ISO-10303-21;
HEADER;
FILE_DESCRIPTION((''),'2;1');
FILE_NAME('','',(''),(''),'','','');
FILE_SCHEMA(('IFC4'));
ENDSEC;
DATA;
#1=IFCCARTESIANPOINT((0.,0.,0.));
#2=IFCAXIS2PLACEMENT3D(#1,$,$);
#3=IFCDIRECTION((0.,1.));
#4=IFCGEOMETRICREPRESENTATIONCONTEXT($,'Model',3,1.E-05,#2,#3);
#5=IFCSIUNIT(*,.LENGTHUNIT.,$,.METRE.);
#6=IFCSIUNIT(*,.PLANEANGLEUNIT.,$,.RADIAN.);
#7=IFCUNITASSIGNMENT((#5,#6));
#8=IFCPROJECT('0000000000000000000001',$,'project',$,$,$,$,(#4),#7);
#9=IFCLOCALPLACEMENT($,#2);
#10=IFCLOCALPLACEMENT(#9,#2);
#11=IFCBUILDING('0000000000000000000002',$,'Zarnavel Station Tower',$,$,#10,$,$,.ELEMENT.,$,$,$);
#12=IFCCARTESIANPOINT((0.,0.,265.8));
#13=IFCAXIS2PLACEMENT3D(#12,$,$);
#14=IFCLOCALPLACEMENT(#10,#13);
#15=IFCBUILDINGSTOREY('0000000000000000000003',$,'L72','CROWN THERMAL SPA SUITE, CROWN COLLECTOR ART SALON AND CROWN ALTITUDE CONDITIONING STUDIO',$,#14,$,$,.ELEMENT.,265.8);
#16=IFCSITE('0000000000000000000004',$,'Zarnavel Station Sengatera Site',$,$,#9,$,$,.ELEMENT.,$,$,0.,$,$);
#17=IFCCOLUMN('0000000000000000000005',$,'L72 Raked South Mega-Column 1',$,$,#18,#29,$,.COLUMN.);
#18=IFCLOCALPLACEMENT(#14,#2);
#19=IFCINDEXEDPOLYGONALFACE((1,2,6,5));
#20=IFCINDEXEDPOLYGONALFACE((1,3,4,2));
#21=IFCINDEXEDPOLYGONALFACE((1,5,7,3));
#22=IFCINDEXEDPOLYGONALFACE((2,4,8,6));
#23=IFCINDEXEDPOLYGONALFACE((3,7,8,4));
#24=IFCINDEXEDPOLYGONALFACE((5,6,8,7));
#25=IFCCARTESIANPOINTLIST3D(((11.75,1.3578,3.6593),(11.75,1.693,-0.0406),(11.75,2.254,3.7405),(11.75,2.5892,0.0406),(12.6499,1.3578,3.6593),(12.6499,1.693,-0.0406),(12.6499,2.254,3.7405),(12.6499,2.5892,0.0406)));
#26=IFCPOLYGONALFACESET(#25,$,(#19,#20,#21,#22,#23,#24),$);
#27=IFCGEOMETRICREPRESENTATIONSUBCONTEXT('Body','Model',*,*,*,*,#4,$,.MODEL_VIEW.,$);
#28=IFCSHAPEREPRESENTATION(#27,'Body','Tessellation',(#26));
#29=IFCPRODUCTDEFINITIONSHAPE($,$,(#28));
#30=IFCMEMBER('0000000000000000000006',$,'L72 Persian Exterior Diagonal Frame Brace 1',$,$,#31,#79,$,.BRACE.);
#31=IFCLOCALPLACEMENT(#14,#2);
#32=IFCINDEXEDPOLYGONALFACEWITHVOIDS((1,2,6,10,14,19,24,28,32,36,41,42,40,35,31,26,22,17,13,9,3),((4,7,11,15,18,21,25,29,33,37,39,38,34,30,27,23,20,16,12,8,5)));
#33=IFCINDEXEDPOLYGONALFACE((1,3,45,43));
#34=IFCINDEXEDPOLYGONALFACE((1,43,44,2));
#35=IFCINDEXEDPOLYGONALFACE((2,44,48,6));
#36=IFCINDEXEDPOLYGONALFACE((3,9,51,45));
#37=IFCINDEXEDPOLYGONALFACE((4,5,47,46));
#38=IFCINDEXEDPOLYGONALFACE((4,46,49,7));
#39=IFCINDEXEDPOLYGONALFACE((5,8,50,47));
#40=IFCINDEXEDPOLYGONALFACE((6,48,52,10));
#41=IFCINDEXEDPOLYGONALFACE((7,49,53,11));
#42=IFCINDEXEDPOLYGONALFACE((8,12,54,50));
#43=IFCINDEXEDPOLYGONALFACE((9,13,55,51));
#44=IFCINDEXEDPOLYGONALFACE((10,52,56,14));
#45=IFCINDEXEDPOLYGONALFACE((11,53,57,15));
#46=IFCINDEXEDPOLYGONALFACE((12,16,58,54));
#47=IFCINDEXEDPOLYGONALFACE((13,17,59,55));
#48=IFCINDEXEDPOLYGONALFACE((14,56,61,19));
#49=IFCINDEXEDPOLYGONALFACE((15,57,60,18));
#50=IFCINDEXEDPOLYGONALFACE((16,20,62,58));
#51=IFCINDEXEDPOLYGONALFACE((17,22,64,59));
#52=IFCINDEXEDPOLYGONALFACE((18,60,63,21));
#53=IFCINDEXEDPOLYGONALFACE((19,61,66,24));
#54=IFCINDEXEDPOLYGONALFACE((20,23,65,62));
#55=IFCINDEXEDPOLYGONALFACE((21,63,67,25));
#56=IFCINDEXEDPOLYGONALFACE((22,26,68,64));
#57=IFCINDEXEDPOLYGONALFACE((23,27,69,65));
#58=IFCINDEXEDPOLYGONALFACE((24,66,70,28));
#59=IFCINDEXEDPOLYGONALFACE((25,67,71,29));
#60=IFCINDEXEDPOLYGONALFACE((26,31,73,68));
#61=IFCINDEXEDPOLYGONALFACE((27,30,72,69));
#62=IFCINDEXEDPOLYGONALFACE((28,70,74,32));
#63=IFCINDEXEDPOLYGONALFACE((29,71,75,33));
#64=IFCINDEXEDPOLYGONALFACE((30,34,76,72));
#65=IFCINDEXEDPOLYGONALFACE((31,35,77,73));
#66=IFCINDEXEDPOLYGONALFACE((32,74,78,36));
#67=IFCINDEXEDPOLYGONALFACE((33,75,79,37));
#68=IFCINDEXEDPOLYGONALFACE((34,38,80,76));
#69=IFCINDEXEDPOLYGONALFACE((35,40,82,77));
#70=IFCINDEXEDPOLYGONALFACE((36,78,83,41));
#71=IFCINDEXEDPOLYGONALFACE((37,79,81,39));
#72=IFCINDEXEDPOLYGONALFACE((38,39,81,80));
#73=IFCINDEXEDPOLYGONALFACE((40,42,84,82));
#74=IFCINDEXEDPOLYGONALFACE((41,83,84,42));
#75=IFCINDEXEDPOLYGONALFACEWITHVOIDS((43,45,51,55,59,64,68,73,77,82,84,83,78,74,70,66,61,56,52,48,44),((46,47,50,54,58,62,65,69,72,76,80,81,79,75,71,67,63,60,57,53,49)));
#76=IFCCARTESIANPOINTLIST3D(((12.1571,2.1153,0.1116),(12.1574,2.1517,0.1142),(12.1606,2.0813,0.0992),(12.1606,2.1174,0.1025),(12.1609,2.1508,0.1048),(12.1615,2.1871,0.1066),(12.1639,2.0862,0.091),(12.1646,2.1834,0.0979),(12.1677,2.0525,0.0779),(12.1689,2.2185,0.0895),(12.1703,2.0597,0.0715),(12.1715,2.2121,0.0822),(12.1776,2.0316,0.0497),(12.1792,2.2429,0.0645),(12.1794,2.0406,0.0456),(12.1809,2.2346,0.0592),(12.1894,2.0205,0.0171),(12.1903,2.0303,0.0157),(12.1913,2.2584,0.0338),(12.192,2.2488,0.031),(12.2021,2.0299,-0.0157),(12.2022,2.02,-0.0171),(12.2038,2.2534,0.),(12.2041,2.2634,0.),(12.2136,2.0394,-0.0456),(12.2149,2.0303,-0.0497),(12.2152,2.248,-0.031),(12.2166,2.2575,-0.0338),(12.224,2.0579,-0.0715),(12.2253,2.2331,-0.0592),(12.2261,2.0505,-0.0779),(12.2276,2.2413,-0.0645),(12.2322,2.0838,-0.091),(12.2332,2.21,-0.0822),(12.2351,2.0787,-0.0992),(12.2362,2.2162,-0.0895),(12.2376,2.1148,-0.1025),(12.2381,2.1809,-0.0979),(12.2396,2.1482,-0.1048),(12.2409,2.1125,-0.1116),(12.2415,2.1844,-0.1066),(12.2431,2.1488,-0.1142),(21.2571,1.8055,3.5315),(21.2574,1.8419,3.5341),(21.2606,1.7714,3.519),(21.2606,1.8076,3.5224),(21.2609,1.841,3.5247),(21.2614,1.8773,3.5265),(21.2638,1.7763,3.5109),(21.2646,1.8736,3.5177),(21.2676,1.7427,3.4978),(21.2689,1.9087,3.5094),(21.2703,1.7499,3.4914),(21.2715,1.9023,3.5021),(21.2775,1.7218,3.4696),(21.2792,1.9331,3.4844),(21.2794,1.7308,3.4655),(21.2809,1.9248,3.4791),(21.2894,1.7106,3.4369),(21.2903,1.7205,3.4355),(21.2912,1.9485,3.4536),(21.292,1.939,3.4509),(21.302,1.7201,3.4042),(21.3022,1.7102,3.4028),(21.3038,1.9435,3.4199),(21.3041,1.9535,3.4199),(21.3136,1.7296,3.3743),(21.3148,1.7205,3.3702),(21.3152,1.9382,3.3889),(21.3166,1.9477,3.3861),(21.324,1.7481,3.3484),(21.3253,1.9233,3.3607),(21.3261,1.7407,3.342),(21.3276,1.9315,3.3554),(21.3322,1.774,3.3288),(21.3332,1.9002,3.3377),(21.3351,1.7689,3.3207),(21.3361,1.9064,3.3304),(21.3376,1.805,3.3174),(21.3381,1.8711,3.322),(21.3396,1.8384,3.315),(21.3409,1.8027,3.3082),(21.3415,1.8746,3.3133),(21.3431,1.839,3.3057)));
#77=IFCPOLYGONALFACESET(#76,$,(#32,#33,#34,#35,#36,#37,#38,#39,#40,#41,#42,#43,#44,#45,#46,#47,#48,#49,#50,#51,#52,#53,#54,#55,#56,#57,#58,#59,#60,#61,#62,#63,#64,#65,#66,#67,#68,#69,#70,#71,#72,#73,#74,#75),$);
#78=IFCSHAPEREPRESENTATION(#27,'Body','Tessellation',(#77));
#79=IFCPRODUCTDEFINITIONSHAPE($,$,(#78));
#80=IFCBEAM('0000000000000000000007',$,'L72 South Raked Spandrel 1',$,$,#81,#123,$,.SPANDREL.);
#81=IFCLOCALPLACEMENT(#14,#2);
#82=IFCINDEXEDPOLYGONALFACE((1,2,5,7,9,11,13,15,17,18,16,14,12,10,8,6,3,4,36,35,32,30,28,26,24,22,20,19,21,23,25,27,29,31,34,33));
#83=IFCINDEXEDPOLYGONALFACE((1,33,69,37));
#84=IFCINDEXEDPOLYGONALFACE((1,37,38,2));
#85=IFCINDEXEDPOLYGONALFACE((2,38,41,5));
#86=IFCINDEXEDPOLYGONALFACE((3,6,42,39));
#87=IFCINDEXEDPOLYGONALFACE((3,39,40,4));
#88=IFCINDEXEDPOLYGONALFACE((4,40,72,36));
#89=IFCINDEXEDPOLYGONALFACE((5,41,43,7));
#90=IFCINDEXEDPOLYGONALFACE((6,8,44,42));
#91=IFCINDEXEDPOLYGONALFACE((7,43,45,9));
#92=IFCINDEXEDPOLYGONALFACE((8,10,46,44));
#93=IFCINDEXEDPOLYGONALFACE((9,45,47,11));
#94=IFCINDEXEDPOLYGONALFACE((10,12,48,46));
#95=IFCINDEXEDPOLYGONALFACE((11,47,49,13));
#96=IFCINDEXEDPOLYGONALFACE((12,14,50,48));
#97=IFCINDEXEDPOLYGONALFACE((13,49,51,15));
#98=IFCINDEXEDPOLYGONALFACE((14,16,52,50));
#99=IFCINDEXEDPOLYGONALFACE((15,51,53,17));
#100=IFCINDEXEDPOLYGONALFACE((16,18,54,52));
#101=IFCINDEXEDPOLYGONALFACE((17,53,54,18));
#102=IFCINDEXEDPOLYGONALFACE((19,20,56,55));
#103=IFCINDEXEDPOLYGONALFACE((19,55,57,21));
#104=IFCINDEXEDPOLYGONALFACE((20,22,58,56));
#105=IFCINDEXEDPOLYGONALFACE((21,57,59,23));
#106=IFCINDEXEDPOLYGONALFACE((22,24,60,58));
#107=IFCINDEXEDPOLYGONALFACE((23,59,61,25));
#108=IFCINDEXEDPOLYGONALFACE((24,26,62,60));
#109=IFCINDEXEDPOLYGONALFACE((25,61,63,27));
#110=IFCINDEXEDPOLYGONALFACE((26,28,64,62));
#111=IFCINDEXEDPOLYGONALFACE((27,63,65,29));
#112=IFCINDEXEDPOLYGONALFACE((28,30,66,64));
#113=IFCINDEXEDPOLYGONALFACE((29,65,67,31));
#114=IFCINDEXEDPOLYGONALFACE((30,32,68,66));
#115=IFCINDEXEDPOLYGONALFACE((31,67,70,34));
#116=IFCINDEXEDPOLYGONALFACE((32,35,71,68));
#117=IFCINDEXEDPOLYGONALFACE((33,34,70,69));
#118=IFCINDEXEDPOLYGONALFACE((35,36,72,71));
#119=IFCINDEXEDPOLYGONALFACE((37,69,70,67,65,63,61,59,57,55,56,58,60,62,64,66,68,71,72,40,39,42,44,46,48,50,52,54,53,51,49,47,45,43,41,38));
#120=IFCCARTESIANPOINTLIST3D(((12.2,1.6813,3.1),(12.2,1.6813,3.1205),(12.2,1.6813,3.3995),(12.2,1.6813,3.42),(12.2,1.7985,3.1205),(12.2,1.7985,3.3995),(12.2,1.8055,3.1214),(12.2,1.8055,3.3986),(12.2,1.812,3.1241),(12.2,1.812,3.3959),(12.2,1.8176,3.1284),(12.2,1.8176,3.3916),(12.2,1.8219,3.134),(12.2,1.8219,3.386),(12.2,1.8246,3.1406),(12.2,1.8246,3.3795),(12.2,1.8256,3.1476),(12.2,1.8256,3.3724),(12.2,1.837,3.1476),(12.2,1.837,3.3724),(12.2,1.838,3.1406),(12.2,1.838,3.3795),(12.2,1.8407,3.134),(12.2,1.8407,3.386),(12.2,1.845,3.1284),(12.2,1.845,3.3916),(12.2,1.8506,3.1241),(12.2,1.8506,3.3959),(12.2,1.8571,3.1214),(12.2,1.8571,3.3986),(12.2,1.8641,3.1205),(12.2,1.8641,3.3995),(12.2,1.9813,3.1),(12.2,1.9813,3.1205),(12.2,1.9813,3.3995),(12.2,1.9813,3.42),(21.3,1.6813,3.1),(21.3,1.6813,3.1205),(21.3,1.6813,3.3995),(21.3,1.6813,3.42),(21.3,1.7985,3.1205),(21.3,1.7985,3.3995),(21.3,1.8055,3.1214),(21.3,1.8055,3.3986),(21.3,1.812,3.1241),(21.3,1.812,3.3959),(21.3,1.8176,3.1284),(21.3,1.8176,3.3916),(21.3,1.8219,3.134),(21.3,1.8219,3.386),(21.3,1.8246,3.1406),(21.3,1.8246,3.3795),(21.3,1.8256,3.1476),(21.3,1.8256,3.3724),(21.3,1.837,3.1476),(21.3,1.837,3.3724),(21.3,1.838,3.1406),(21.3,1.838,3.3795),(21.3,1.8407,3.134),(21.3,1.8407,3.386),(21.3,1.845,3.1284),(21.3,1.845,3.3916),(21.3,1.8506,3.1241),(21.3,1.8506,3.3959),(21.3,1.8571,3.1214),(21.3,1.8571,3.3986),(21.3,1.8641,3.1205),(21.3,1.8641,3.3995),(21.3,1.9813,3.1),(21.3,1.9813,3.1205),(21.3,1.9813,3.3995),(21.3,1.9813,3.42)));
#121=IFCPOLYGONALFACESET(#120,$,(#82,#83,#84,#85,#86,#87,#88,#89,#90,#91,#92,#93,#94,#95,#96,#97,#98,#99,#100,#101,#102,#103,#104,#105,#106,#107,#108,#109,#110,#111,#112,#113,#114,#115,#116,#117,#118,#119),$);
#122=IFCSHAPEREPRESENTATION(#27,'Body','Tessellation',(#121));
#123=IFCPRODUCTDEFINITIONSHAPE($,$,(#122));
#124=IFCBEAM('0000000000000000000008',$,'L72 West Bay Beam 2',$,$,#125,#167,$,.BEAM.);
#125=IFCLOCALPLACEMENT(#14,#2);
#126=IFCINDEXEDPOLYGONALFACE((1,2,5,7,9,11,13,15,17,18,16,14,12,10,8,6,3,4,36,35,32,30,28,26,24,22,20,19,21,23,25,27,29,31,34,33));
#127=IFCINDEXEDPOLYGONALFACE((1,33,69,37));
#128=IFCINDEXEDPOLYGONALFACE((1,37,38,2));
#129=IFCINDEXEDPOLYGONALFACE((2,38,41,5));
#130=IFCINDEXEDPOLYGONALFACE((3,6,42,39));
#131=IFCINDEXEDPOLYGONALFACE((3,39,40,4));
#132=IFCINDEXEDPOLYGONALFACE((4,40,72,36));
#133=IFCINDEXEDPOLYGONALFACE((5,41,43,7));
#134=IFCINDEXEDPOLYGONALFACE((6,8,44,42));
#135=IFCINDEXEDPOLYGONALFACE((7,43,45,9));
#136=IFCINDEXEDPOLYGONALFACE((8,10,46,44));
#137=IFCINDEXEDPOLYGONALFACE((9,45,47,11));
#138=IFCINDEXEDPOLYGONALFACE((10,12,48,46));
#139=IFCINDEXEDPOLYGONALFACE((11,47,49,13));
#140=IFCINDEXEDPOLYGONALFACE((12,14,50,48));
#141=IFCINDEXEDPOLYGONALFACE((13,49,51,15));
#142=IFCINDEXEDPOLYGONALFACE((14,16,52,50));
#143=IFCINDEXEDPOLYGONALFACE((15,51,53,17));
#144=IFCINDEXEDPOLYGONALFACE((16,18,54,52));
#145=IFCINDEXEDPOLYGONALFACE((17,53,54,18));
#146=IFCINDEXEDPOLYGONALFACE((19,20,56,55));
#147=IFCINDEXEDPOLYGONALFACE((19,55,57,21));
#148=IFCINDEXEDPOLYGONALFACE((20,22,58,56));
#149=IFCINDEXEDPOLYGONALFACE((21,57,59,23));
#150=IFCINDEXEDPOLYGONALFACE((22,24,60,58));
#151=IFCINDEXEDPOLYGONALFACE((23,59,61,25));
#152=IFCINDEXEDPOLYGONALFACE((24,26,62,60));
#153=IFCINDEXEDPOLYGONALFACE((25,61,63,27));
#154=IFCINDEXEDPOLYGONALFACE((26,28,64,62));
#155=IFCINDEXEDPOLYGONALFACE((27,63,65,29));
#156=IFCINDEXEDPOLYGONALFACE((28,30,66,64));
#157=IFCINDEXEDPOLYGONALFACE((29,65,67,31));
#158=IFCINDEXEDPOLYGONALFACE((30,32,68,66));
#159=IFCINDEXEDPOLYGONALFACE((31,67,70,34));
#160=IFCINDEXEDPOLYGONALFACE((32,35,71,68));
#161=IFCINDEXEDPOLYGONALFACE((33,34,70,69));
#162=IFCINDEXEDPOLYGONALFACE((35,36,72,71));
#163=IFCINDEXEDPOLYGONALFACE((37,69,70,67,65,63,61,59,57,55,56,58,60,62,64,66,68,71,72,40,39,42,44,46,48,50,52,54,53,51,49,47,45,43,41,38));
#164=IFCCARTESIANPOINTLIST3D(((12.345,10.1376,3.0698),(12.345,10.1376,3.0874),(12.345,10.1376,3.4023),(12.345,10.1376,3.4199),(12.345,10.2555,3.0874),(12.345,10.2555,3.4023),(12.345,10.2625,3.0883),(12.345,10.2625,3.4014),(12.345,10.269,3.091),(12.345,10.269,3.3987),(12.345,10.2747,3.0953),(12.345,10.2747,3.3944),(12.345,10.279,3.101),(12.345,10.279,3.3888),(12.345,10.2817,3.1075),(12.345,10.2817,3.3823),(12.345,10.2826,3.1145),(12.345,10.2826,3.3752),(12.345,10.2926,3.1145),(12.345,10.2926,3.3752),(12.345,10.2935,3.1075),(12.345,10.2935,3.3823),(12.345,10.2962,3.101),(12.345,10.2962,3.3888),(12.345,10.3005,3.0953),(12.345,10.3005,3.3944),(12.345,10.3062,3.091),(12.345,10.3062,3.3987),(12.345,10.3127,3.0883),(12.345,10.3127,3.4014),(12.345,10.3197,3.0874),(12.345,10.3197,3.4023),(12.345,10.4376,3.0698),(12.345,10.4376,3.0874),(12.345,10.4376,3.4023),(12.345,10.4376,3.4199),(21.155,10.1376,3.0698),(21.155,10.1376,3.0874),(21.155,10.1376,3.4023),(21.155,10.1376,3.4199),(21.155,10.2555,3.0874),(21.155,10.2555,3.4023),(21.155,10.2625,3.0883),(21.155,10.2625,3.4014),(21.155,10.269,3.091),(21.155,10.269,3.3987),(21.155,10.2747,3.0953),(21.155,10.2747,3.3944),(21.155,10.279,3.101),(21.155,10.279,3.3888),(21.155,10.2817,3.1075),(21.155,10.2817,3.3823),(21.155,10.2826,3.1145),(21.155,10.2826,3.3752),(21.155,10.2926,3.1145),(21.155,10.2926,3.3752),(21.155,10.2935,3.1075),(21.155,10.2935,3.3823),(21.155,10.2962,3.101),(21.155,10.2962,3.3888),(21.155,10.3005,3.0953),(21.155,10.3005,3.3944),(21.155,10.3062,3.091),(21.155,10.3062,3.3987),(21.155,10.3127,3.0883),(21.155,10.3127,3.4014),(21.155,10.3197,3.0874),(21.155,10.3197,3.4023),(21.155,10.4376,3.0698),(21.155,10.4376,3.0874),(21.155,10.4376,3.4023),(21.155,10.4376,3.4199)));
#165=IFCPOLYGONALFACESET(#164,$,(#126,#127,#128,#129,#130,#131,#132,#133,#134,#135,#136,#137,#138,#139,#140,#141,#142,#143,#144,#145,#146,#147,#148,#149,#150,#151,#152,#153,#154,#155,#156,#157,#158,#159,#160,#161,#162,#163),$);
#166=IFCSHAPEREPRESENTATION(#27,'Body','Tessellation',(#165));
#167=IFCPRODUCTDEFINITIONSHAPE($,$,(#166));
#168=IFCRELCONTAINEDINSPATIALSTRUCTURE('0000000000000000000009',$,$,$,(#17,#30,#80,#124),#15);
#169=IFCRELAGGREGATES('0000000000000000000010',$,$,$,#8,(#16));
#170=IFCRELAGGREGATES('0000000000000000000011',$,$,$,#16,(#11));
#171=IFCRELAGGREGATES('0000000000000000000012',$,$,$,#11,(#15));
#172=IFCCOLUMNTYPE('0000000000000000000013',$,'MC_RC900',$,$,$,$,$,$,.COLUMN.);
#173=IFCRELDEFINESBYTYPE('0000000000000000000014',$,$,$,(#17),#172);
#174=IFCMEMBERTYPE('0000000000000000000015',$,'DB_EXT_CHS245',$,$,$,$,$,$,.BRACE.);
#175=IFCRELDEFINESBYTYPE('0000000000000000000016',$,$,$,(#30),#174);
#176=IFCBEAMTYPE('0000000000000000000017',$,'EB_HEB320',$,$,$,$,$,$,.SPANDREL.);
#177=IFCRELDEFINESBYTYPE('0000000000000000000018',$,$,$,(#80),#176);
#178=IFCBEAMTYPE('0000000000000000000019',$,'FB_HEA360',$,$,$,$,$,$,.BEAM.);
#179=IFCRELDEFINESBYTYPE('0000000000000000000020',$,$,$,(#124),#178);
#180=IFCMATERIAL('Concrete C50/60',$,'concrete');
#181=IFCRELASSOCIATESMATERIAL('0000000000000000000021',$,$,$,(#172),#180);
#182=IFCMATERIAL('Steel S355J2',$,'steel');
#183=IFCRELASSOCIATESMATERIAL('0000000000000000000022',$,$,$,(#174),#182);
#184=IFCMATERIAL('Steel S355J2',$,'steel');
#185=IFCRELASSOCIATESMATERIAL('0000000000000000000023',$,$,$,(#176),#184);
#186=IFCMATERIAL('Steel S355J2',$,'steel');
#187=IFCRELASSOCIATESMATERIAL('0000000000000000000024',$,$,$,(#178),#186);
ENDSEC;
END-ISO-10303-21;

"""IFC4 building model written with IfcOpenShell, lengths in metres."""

from ifc_helpers import new_model, si_unit, direction, frame, origin, origin_2d, place, context, subcontext, project, spatial, rectangle, hollow_circle, i_section, extrude, material, material_profile, profile_set, type_object, element, save


model = new_model("IFC4")

# Units and contexts
model_context = context("Model", 3, precision=1e-05, world=origin(), true_north=direction((0.0, 1.0)))
body_context = subcontext(model_context, "Body", "Model", "MODEL_VIEW")
ifc_project = project(units=[si_unit("LENGTHUNIT", "METRE"), si_unit("PLANEANGLEUNIT", "RADIAN")], contexts=[model_context])

# Site, building, storey
site_placement = place(None, origin())
site = spatial("IfcSite", under=ifc_project, at=site_placement, Name="Zarnavel Station Sengatera Site", CompositionType="ELEMENT", RefElevation=0.0)
building_placement = place(site_placement, origin())
building = spatial("IfcBuilding", under=site, at=building_placement, Name="Zarnavel Station Tower", CompositionType="ELEMENT")
storey_placement = place(building_placement, frame((0.0, 0.0, 265.8)))
storey = spatial("IfcBuildingStorey", under=building, at=storey_placement, Name="L72", Description="CROWN THERMAL SPA SUITE, CROWN COLLECTOR ART SALON AND CROWN ALTITUDE CONDITIONING STUDIO", CompositionType="ELEMENT", Elevation=265.8)

# Column
ifc_material_1 = material(Name="Concrete C50/60", Category="concrete")
ifc_material_profile_1 = material_profile(ifc_material_1, rectangle(XDim=0.8999, YDim=0.8999, at=origin_2d()), Name="RC900x900")
ifc_profile_set_1 = profile_set([ifc_material_profile_1], Name="Concrete C50/60")
column_type = type_object("IfcColumnType", Name="MC_RC900", PredefinedType="COLUMN", material=ifc_profile_set_1)
column_placement = place(storey_placement, frame((12.2, 2.1411, 0.0), z_axis=(0.0, -0.090228, 0.995921), x_axis=(1.0, 0.0, 0.0)))
element("IfcColumn", 1, at=column_placement, inside=storey, type_object=column_type, Name="L72 Raked South Mega-Column 1", PredefinedType="COLUMN", context=body_context, shape_type="SweptSolid", body=[
    extrude(rectangle(XDim=0.8999, YDim=0.8999, at=origin_2d()), origin(), (0.0, 0.0, 1.0), 3.7151),
])

# Member
ifc_material_2 = material(Name="Steel S355J2", Category="steel")
ifc_material_profile_2 = material_profile(ifc_material_2, hollow_circle(Radius=0.1223, WallThickness=0.01, at=origin_2d()), Name="CHS244.5x10")
ifc_profile_set_2 = profile_set([ifc_material_profile_2], Name="Steel S355J2")
member_type = type_object("IfcMemberType", Name="DB_EXT_CHS245", PredefinedType="BRACE", material=ifc_profile_set_2)
member_placement = place(storey_placement, frame((12.2, 2.1411, 0.0), z_axis=(0.935604, -0.031853, 0.351611), x_axis=(0.034025, 0.999421, 0.0)))
element("IfcMember", 2, at=member_placement, inside=storey, type_object=member_type, Name="L72 Persian Exterior Diagonal Frame Brace 1", PredefinedType="BRACE", context=body_context, shape_type="SweptSolid", body=[
    extrude(hollow_circle(Radius=0.1223, WallThickness=0.01, at=origin_2d()), origin(), (0.0, 0.0, 1.0), 9.7263),
])

# Beams
ifc_material_3 = material(Name="Steel S355J2", Category="steel")
ifc_material_profile_3 = material_profile(ifc_material_3, i_section(OverallWidth=0.3, OverallDepth=0.3201, WebThickness=0.0115, FlangeThickness=0.0205, FilletRadius=0.0271, at=origin_2d()), Name="HEB320")
ifc_profile_set_3 = profile_set([ifc_material_profile_3], Name="Steel S355J2")
beam_type_1 = type_object("IfcBeamType", Name="EB_HEB320", PredefinedType="SPANDREL", material=ifc_profile_set_3)
beam_1_placement = place(storey_placement, frame((12.2, 1.8313, 3.26), z_axis=(1.0, 0.0, 0.0), x_axis=(0.0, 1.0, 0.0)))
element("IfcBeam", 3, at=beam_1_placement, inside=storey, type_object=beam_type_1, Name="L72 South Raked Spandrel 1", PredefinedType="SPANDREL", context=body_context, shape_type="SweptSolid", body=[
    extrude(i_section(OverallWidth=0.3, OverallDepth=0.3201, WebThickness=0.0115, FlangeThickness=0.0205, FilletRadius=0.0271, at=origin_2d()), origin(), (0.0, 0.0, 1.0), 9.1001),
])
ifc_material_4 = material(Name="Steel S355J2", Category="steel")
ifc_material_profile_4 = material_profile(ifc_material_4, i_section(OverallWidth=0.3, OverallDepth=0.3501, WebThickness=0.01, FlangeThickness=0.0176, FilletRadius=0.0271, at=origin_2d()), Name="HEA360")
ifc_profile_set_4 = profile_set([ifc_material_profile_4], Name="Steel S355J2")
beam_type_2 = type_object("IfcBeamType", Name="FB_HEA360", PredefinedType="BEAM", material=ifc_profile_set_4)
beam_2_placement = place(storey_placement, frame((12.345, 10.2876, 3.2449), z_axis=(1.0, 0.0, 0.0), x_axis=(0.0, 1.0, 0.0)))
element("IfcBeam", 4, at=beam_2_placement, inside=storey, type_object=beam_type_2, Name="L72 West Bay Beam 2", PredefinedType="BEAM", context=body_context, shape_type="SweptSolid", body=[
    extrude(i_section(OverallWidth=0.3, OverallDepth=0.3501, WebThickness=0.01, FlangeThickness=0.0176, FilletRadius=0.0271, at=origin_2d()), origin(), (0.0, 0.0, 1.0), 8.8101),
])

save(model, "model.ifc")
